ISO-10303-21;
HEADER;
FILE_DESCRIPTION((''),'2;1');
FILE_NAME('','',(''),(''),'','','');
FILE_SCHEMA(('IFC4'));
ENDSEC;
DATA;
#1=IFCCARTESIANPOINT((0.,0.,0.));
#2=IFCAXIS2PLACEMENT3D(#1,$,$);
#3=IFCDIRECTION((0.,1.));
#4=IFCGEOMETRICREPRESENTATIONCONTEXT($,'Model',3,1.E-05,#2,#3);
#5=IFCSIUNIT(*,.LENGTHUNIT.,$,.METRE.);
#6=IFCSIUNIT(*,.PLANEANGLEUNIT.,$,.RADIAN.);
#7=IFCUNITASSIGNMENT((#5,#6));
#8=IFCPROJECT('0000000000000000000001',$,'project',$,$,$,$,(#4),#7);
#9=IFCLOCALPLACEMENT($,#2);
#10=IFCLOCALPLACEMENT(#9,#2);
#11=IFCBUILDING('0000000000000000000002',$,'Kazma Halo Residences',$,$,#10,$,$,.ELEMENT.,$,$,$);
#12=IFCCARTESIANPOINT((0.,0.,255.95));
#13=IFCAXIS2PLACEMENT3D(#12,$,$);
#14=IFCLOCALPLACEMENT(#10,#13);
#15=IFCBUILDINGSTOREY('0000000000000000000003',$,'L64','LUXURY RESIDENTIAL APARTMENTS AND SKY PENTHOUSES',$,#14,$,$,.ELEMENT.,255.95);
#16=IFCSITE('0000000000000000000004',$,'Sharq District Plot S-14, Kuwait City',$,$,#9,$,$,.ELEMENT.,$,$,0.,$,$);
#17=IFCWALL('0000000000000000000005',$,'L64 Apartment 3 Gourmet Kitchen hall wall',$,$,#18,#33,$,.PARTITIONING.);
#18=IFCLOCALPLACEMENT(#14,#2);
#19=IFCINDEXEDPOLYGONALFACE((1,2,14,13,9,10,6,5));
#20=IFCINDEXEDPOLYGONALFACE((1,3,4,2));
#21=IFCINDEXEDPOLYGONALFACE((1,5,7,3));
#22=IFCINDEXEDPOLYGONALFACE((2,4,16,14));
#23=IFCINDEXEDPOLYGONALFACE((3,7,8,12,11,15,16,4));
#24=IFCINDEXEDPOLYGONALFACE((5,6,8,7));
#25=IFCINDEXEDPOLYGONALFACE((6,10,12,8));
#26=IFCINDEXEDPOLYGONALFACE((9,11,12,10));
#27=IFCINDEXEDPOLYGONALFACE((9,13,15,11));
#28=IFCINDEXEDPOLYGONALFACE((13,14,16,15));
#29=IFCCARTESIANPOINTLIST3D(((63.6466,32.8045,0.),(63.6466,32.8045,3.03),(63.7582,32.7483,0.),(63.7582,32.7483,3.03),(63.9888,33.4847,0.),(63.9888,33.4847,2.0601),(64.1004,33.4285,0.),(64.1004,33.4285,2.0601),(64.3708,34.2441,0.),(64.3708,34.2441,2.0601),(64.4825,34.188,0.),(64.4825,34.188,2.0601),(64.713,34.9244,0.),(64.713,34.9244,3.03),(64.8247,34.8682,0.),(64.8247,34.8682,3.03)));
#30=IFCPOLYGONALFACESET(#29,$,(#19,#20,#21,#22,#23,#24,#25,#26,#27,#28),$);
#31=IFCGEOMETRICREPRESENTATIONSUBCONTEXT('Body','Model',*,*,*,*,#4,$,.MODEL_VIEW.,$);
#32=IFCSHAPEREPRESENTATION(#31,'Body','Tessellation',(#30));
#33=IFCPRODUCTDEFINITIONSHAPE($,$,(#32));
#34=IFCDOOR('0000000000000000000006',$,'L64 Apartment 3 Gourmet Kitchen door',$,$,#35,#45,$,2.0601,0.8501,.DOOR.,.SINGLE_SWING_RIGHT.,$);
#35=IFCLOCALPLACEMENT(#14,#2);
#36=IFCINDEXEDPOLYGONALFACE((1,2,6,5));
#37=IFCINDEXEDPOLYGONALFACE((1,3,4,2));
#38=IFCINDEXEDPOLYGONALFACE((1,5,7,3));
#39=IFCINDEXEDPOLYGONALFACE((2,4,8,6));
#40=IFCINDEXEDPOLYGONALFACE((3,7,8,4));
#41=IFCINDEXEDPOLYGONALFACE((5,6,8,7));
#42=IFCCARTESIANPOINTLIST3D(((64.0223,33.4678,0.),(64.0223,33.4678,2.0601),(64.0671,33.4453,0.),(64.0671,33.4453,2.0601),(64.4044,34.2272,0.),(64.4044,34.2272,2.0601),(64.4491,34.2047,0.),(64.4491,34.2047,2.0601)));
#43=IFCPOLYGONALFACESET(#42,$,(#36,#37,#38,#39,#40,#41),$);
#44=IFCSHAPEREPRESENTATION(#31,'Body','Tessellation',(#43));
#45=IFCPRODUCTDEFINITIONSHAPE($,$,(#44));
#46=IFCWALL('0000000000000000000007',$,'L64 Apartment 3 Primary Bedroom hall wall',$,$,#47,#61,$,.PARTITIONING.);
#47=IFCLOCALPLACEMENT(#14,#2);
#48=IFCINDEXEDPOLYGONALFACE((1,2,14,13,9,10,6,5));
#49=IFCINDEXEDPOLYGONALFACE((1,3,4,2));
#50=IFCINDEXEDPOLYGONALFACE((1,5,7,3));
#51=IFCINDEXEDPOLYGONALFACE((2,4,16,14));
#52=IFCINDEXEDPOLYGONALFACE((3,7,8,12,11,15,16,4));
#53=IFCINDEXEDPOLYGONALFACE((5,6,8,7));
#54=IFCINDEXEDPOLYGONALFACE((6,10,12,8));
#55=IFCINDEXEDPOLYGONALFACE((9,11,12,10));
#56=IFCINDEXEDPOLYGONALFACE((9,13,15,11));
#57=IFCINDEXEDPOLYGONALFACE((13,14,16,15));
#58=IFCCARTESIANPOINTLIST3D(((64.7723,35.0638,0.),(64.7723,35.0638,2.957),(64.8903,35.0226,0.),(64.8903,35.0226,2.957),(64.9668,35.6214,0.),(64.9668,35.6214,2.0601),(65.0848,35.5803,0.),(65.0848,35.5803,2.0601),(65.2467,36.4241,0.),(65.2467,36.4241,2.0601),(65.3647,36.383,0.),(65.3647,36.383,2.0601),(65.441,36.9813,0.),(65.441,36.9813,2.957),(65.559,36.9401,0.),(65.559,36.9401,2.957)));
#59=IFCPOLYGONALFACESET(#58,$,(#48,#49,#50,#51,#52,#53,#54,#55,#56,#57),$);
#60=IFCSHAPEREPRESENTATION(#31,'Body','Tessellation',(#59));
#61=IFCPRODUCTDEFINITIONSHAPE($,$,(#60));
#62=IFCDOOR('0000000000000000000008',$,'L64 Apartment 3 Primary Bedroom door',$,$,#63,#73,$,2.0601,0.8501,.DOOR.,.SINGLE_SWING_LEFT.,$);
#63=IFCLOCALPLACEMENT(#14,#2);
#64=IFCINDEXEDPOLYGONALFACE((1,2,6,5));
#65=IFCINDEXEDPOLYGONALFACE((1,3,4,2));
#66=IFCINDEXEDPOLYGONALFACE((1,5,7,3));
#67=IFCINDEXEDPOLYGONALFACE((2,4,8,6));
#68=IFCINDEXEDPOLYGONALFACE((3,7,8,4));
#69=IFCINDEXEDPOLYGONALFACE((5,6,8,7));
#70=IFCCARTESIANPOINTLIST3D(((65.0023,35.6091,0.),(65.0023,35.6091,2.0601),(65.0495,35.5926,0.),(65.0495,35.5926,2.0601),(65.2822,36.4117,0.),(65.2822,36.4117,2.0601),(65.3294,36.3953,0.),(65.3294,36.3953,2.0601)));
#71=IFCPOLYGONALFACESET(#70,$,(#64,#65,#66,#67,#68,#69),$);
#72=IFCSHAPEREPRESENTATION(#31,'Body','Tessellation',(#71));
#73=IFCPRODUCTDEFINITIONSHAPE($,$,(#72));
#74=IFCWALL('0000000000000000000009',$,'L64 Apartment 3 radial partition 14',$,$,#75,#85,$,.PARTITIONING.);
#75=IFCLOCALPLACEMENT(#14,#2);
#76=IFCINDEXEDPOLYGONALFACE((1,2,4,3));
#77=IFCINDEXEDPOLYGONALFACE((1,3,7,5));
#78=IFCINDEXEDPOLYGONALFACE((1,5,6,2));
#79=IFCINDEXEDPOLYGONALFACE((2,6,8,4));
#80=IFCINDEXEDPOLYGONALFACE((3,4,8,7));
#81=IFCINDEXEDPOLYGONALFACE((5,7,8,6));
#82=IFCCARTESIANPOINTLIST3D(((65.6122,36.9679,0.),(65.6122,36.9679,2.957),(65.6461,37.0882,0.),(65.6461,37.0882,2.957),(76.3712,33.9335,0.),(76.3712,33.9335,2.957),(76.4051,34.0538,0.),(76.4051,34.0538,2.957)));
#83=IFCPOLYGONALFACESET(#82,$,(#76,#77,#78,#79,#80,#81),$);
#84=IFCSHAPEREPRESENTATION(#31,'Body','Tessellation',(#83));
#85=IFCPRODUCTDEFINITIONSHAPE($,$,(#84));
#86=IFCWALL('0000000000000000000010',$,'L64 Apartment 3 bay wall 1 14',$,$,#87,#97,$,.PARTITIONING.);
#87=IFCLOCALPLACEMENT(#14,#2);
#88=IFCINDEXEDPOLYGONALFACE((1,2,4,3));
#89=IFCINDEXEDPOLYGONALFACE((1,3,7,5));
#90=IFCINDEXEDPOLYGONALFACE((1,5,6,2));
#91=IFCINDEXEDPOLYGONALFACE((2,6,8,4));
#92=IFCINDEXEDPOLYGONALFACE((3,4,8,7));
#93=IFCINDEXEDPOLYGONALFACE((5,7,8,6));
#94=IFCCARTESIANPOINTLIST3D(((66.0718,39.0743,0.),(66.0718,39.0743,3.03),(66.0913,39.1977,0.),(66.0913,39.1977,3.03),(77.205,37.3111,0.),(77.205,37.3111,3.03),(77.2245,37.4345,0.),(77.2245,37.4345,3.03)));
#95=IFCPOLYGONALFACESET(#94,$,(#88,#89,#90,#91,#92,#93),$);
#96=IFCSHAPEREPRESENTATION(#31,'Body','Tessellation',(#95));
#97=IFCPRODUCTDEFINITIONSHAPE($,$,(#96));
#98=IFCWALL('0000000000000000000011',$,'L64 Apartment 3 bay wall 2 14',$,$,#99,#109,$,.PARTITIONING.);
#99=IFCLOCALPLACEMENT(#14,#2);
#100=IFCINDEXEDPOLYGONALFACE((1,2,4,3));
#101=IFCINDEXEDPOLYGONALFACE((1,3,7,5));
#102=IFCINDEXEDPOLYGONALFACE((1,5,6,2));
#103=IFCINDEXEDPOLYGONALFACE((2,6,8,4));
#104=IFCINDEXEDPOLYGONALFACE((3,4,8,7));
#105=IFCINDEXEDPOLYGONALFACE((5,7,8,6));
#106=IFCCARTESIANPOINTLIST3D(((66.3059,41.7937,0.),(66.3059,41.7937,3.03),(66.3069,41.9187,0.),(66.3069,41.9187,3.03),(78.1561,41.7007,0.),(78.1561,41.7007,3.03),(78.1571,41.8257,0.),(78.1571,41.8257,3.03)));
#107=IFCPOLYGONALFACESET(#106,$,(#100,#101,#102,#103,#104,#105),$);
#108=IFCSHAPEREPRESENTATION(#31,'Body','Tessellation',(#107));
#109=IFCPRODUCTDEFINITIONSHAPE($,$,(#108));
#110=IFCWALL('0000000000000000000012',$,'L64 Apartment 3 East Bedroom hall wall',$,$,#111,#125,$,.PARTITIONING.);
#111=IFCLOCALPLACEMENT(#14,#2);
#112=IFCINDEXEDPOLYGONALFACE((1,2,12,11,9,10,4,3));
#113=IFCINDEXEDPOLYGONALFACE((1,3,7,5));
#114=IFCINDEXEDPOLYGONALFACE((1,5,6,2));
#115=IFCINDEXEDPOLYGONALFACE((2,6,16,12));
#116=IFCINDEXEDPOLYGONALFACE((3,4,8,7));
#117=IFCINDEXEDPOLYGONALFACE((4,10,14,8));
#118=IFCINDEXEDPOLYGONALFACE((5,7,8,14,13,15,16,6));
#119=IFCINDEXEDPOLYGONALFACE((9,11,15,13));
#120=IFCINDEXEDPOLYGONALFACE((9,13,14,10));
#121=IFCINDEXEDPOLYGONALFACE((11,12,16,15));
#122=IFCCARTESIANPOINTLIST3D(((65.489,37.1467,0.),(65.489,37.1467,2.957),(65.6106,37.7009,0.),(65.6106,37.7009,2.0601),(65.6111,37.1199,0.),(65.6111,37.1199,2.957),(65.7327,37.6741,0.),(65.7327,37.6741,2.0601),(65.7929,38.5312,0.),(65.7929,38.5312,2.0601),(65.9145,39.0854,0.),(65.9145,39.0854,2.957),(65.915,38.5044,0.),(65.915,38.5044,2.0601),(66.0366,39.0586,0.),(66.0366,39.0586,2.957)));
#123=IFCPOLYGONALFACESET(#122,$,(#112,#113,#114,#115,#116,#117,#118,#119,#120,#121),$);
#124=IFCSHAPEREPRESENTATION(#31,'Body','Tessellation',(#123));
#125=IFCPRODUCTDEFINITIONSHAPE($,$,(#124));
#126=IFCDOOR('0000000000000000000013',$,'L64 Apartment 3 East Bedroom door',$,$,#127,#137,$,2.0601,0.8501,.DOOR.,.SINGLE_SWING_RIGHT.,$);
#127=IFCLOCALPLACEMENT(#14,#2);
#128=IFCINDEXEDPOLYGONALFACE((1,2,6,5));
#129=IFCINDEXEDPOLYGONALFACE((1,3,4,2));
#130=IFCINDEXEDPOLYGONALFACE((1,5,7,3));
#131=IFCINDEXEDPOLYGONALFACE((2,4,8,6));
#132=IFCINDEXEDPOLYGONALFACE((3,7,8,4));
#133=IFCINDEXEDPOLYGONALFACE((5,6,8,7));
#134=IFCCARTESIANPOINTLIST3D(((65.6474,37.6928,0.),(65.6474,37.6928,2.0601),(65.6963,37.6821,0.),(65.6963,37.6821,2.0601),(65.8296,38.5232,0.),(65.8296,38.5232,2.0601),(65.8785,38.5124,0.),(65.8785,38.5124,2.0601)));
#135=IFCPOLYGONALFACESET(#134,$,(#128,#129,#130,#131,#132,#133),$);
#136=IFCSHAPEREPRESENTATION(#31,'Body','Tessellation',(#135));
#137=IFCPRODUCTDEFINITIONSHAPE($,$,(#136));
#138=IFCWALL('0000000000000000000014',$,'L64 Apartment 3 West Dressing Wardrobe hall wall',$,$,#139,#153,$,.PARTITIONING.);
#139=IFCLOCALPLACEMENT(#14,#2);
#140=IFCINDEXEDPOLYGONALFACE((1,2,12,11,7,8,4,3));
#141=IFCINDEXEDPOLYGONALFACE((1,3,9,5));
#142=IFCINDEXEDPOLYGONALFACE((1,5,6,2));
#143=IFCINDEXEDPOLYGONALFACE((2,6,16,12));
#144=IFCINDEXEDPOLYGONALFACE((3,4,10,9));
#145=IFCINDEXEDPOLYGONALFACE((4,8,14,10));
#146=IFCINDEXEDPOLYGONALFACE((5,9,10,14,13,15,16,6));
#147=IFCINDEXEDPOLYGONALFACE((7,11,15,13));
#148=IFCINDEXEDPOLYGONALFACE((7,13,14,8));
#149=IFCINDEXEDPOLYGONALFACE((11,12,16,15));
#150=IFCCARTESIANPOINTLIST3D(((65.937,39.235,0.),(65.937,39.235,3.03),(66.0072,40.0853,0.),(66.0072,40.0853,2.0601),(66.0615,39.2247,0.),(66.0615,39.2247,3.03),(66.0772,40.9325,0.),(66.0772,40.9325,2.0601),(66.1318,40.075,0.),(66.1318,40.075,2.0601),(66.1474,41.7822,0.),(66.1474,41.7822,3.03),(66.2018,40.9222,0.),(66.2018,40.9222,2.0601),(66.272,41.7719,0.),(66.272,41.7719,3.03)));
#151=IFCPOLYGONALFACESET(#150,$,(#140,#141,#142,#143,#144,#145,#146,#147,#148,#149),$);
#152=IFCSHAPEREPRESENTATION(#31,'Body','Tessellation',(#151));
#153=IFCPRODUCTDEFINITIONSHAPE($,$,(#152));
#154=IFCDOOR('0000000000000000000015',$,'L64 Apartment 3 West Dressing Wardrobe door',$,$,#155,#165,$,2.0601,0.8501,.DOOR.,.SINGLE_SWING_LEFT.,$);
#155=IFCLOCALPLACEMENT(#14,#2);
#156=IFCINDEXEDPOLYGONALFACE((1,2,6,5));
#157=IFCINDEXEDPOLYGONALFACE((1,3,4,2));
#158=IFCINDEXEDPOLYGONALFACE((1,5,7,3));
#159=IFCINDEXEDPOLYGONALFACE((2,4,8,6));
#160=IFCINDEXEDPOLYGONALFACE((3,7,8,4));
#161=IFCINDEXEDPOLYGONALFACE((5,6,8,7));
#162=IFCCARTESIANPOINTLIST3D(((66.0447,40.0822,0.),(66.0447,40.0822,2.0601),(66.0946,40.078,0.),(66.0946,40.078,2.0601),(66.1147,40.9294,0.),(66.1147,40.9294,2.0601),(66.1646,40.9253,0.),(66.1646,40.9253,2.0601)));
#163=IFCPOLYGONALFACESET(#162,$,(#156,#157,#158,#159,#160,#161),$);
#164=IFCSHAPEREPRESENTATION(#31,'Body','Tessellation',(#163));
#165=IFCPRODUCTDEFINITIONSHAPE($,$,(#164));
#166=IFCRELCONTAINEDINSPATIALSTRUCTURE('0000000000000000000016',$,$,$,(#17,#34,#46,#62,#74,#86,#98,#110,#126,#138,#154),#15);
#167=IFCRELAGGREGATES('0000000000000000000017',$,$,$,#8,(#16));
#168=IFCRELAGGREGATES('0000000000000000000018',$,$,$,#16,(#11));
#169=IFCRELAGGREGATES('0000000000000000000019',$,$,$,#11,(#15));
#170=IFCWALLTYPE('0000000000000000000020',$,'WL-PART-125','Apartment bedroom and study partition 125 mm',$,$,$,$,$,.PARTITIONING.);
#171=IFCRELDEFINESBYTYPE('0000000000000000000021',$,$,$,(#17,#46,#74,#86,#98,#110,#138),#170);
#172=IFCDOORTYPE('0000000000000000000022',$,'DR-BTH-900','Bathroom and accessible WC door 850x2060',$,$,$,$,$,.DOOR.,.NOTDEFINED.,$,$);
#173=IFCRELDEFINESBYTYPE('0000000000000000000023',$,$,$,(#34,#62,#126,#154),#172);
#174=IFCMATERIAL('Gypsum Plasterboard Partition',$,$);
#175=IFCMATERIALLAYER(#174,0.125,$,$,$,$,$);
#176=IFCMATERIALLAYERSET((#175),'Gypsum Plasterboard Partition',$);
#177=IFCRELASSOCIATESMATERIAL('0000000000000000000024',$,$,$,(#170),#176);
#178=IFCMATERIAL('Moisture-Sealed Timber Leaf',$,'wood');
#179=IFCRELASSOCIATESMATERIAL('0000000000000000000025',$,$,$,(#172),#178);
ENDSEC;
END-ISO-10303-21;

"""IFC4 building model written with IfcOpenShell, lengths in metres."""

from ifc_helpers import new_model, si_unit, direction, frame, frame_2d, origin, place, context, subcontext, project, spatial, rectangle, extrude, material, layer, layer_set, type_object, element, fill, save


model = new_model("IFC4")

# Units and contexts
model_context = context("Model", 3, precision=1e-05, world=origin(), true_north=direction((0.0, 1.0)))
body_context = subcontext(model_context, "Body", "Model", "MODEL_VIEW")
ifc_project = project(units=[si_unit("LENGTHUNIT", "METRE"), si_unit("PLANEANGLEUNIT", "RADIAN")], contexts=[model_context])

# Site, building, storey
site_placement = place(None, origin())
site = spatial("IfcSite", under=ifc_project, at=site_placement, Name="Sharq District Plot S-14, Kuwait City", CompositionType="ELEMENT", RefElevation=0.0)
building_placement = place(site_placement, origin())
building = spatial("IfcBuilding", under=site, at=building_placement, Name="Kazma Halo Residences", CompositionType="ELEMENT")
storey_placement = place(building_placement, frame((0.0, 0.0, 255.95)))
storey = spatial("IfcBuildingStorey", under=building, at=storey_placement, Name="L64", Description="LUXURY RESIDENTIAL APARTMENTS AND SKY PENTHOUSES", CompositionType="ELEMENT", Elevation=255.95)

# Shared definitions
ifc_material_1 = material(Name="Gypsum Plasterboard Partition")
ifc_layer_1 = layer(ifc_material_1, 0.125)
ifc_layer_set_1 = layer_set([ifc_layer_1], Name="Gypsum Plasterboard Partition")
wall_type_1 = type_object("IfcWallType", Name="WL-PART-125", Description="Apartment bedroom and study partition 125 mm", PredefinedType="PARTITIONING", material=ifc_layer_set_1)

# Walls, openings, doors
wall_1_placement = place(storey_placement, frame((63.7024, 32.7764, 0.0), z_axis=(0.0, 0.0, 1.0), x_axis=(0.449393, 0.893334, 0.0)))
wall_1 = element("IfcWall", 1, at=wall_1_placement, inside=storey, type_object=wall_type_1, Name="L64 Apartment 3 Gourmet Kitchen hall wall", PredefinedType="PARTITIONING", context=body_context, shape_type="SweptSolid", body=[
    extrude(rectangle(XDim=2.373, YDim=0.125, at=frame_2d((1.1865, 0.0))), origin(), (0.0, 0.0, 1.0), 3.03),
])
opening_1_placement = place(wall_1_placement, frame((0.7615, 0.0, 0.0)))
opening_1 = element("IfcOpeningElement", 2, at=opening_1_placement, cuts=wall_1, PredefinedType="OPENING", context=body_context, shape_type="SweptSolid", body=[
    extrude(rectangle(XDim=0.8501, YDim=2.0601, at=frame_2d((0.425, 1.03))), frame((0.0, 0.0725, 0.0), z_axis=(0.0, -1.0, 0.0), x_axis=(1.0, 0.0, 0.0)), (0.0, 0.0, 1.0), 0.145),
])
ifc_material_2 = material(Name="Moisture-Sealed Timber Leaf", Category="wood")
door_type = type_object("IfcDoorType", Name="DR-BTH-900", Description="Bathroom and accessible WC door 850x2060", OperationType="NOTDEFINED", PredefinedType="DOOR", material=ifc_material_2)
door_1_placement = place(opening_1_placement, origin())
door_1 = element("IfcDoor", 3, at=door_1_placement, inside=storey, type_object=door_type, Name="L64 Apartment 3 Gourmet Kitchen door", OperationType="SINGLE_SWING_RIGHT", OverallHeight=2.0601, OverallWidth=0.8501, PredefinedType="DOOR", context=body_context, shape_type="SweptSolid", body=[
    extrude(rectangle(XDim=0.8501, YDim=2.0601, at=frame_2d((0.425, 1.03))), frame((0.0, 0.0249, 0.0), z_axis=(0.0, -1.0, 0.0), x_axis=(1.0, 0.0, 0.0)), (0.0, 0.0, 1.0), 0.05),
])
fill(opening_1, door_1)
wall_2_placement = place(storey_placement, frame((64.8313, 35.0432, 0.0), z_axis=(0.0, 0.0, 1.0), x_axis=(0.32929, 0.944229, 0.0)))
wall_2 = element("IfcWall", 4, at=wall_2_placement, inside=storey, type_object=wall_type_1, Name="L64 Apartment 3 Primary Bedroom hall wall", PredefinedType="PARTITIONING", context=body_context, shape_type="SweptSolid", body=[
    extrude(rectangle(XDim=2.0308, YDim=0.125, at=frame_2d((1.0154, 0.0))), origin(), (0.0, 0.0, 1.0), 2.957),
])
opening_2_placement = place(wall_2_placement, frame((0.5906, 0.0, 0.0)))
opening_2 = element("IfcOpeningElement", 5, at=opening_2_placement, cuts=wall_2, PredefinedType="OPENING", context=body_context, shape_type="SweptSolid", body=[
    extrude(rectangle(XDim=0.8501, YDim=2.0601, at=frame_2d((0.425, 1.03))), frame((0.0, 0.0725, 0.0), z_axis=(0.0, -1.0, 0.0), x_axis=(1.0, 0.0, 0.0)), (0.0, 0.0, 1.0), 0.145),
])
door_2_placement = place(opening_2_placement, origin())
door_2 = element("IfcDoor", 6, at=door_2_placement, inside=storey, type_object=door_type, Name="L64 Apartment 3 Primary Bedroom door", OperationType="SINGLE_SWING_LEFT", OverallHeight=2.0601, OverallWidth=0.8501, PredefinedType="DOOR", context=body_context, shape_type="SweptSolid", body=[
    extrude(rectangle(XDim=0.8501, YDim=2.0601, at=frame_2d((0.425, 1.03))), frame((0.0, 0.0249, 0.0), z_axis=(0.0, -1.0, 0.0), x_axis=(1.0, 0.0, 0.0)), (0.0, 0.0, 1.0), 0.05),
])
fill(opening_2, door_2)

# Walls
wall_3_placement = place(storey_placement, frame((65.6292, 37.0281, 0.0), z_axis=(0.0, 0.0, 1.0), x_axis=(0.962454, -0.271446, 0.0)))
element("IfcWall", 7, at=wall_3_placement, inside=storey, type_object=wall_type_1, Name="L64 Apartment 3 radial partition 14", PredefinedType="PARTITIONING", context=body_context, shape_type="SweptSolid", body=[
    extrude(rectangle(XDim=11.1787, YDim=0.125, at=frame_2d((5.5894, 0.0))), origin(), (0.0, 0.0, 1.0), 2.957),
])
wall_4_placement = place(storey_placement, frame((66.0815, 39.136, 0.0), z_axis=(0.0, 0.0, 1.0), x_axis=(0.987691, -0.156421, 0.0)))
element("IfcWall", 8, at=wall_4_placement, inside=storey, type_object=wall_type_1, Name="L64 Apartment 3 bay wall 1 14", PredefinedType="PARTITIONING", context=body_context, shape_type="SweptSolid", body=[
    extrude(rectangle(XDim=11.272, YDim=0.125, at=frame_2d((5.636, 0.0))), origin(), (0.0, 0.0, 1.0), 3.03),
])
wall_5_placement = place(storey_placement, frame((66.3064, 41.8562, 0.0), z_axis=(0.0, 0.0, 1.0), x_axis=(0.999969, -0.007849, 0.0)))
element("IfcWall", 9, at=wall_5_placement, inside=storey, type_object=wall_type_1, Name="L64 Apartment 3 bay wall 2 14", PredefinedType="PARTITIONING", context=body_context, shape_type="SweptSolid", body=[
    extrude(rectangle(XDim=11.8506, YDim=0.125, at=frame_2d((5.9253, 0.0))), origin(), (0.0, 0.0, 1.0), 3.03),
])

# Walls, openings, doors
wall_6_placement = place(storey_placement, frame((65.55, 37.1333, 0.0), z_axis=(0.0, 0.0, 1.0), x_axis=(0.21439, 0.976748, 0.0)))
wall_6 = element("IfcWall", 10, at=wall_6_placement, inside=storey, type_object=wall_type_1, Name="L64 Apartment 3 East Bedroom hall wall", PredefinedType="PARTITIONING", context=body_context, shape_type="SweptSolid", body=[
    extrude(rectangle(XDim=1.9849, YDim=0.125, at=frame_2d((0.9924, 0.0))), origin(), (0.0, 0.0, 1.0), 2.957),
])
opening_3_placement = place(wall_6_placement, frame((0.5674, 0.0, 0.0)))
opening_3 = element("IfcOpeningElement", 11, at=opening_3_placement, cuts=wall_6, PredefinedType="OPENING", context=body_context, shape_type="SweptSolid", body=[
    extrude(rectangle(XDim=0.8501, YDim=2.0601, at=frame_2d((0.425, 1.03))), frame((0.0, 0.0725, 0.0), z_axis=(0.0, -1.0, 0.0), x_axis=(1.0, 0.0, 0.0)), (0.0, 0.0, 1.0), 0.145),
])
door_3_placement = place(opening_3_placement, origin())
door_3 = element("IfcDoor", 12, at=door_3_placement, inside=storey, type_object=door_type, Name="L64 Apartment 3 East Bedroom door", OperationType="SINGLE_SWING_RIGHT", OverallHeight=2.0601, OverallWidth=0.8501, PredefinedType="DOOR", context=body_context, shape_type="SweptSolid", body=[
    extrude(rectangle(XDim=0.8501, YDim=2.0601, at=frame_2d((0.425, 1.03))), frame((0.0, 0.0249, 0.0), z_axis=(0.0, -1.0, 0.0), x_axis=(1.0, 0.0, 0.0)), (0.0, 0.0, 1.0), 0.05),
])
fill(opening_3, door_3)
wall_7_placement = place(storey_placement, frame((65.9993, 39.23, 0.0), z_axis=(0.0, 0.0, 1.0), x_axis=(0.082342, 0.996604, 0.0)))
wall_7 = element("IfcWall", 13, at=wall_7_placement, inside=storey, type_object=wall_type_1, Name="L64 Apartment 3 West Dressing Wardrobe hall wall", PredefinedType="PARTITIONING", context=body_context, shape_type="SweptSolid", body=[
    extrude(rectangle(XDim=2.5559, YDim=0.125, at=frame_2d((1.2778, 0.0))), origin(), (0.0, 0.0, 1.0), 3.03),
])
opening_4_placement = place(wall_7_placement, frame((0.853, 0.0, 0.0)))
opening_4 = element("IfcOpeningElement", 14, at=opening_4_placement, cuts=wall_7, PredefinedType="OPENING", context=body_context, shape_type="SweptSolid", body=[
    extrude(rectangle(XDim=0.8501, YDim=2.0601, at=frame_2d((0.425, 1.03))), frame((0.0, 0.0725, 0.0), z_axis=(0.0, -1.0, 0.0), x_axis=(1.0, 0.0, 0.0)), (0.0, 0.0, 1.0), 0.145),
])
door_4_placement = place(opening_4_placement, origin())
door_4 = element("IfcDoor", 15, at=door_4_placement, inside=storey, type_object=door_type, Name="L64 Apartment 3 West Dressing Wardrobe door", OperationType="SINGLE_SWING_LEFT", OverallHeight=2.0601, OverallWidth=0.8501, PredefinedType="DOOR", context=body_context, shape_type="SweptSolid", body=[
    extrude(rectangle(XDim=0.8501, YDim=2.0601, at=frame_2d((0.425, 1.03))), frame((0.0, 0.0249, 0.0), z_axis=(0.0, -1.0, 0.0), x_axis=(1.0, 0.0, 0.0)), (0.0, 0.0, 1.0), 0.05),
])
fill(opening_4, door_4)

save(model, "model.ifc")
